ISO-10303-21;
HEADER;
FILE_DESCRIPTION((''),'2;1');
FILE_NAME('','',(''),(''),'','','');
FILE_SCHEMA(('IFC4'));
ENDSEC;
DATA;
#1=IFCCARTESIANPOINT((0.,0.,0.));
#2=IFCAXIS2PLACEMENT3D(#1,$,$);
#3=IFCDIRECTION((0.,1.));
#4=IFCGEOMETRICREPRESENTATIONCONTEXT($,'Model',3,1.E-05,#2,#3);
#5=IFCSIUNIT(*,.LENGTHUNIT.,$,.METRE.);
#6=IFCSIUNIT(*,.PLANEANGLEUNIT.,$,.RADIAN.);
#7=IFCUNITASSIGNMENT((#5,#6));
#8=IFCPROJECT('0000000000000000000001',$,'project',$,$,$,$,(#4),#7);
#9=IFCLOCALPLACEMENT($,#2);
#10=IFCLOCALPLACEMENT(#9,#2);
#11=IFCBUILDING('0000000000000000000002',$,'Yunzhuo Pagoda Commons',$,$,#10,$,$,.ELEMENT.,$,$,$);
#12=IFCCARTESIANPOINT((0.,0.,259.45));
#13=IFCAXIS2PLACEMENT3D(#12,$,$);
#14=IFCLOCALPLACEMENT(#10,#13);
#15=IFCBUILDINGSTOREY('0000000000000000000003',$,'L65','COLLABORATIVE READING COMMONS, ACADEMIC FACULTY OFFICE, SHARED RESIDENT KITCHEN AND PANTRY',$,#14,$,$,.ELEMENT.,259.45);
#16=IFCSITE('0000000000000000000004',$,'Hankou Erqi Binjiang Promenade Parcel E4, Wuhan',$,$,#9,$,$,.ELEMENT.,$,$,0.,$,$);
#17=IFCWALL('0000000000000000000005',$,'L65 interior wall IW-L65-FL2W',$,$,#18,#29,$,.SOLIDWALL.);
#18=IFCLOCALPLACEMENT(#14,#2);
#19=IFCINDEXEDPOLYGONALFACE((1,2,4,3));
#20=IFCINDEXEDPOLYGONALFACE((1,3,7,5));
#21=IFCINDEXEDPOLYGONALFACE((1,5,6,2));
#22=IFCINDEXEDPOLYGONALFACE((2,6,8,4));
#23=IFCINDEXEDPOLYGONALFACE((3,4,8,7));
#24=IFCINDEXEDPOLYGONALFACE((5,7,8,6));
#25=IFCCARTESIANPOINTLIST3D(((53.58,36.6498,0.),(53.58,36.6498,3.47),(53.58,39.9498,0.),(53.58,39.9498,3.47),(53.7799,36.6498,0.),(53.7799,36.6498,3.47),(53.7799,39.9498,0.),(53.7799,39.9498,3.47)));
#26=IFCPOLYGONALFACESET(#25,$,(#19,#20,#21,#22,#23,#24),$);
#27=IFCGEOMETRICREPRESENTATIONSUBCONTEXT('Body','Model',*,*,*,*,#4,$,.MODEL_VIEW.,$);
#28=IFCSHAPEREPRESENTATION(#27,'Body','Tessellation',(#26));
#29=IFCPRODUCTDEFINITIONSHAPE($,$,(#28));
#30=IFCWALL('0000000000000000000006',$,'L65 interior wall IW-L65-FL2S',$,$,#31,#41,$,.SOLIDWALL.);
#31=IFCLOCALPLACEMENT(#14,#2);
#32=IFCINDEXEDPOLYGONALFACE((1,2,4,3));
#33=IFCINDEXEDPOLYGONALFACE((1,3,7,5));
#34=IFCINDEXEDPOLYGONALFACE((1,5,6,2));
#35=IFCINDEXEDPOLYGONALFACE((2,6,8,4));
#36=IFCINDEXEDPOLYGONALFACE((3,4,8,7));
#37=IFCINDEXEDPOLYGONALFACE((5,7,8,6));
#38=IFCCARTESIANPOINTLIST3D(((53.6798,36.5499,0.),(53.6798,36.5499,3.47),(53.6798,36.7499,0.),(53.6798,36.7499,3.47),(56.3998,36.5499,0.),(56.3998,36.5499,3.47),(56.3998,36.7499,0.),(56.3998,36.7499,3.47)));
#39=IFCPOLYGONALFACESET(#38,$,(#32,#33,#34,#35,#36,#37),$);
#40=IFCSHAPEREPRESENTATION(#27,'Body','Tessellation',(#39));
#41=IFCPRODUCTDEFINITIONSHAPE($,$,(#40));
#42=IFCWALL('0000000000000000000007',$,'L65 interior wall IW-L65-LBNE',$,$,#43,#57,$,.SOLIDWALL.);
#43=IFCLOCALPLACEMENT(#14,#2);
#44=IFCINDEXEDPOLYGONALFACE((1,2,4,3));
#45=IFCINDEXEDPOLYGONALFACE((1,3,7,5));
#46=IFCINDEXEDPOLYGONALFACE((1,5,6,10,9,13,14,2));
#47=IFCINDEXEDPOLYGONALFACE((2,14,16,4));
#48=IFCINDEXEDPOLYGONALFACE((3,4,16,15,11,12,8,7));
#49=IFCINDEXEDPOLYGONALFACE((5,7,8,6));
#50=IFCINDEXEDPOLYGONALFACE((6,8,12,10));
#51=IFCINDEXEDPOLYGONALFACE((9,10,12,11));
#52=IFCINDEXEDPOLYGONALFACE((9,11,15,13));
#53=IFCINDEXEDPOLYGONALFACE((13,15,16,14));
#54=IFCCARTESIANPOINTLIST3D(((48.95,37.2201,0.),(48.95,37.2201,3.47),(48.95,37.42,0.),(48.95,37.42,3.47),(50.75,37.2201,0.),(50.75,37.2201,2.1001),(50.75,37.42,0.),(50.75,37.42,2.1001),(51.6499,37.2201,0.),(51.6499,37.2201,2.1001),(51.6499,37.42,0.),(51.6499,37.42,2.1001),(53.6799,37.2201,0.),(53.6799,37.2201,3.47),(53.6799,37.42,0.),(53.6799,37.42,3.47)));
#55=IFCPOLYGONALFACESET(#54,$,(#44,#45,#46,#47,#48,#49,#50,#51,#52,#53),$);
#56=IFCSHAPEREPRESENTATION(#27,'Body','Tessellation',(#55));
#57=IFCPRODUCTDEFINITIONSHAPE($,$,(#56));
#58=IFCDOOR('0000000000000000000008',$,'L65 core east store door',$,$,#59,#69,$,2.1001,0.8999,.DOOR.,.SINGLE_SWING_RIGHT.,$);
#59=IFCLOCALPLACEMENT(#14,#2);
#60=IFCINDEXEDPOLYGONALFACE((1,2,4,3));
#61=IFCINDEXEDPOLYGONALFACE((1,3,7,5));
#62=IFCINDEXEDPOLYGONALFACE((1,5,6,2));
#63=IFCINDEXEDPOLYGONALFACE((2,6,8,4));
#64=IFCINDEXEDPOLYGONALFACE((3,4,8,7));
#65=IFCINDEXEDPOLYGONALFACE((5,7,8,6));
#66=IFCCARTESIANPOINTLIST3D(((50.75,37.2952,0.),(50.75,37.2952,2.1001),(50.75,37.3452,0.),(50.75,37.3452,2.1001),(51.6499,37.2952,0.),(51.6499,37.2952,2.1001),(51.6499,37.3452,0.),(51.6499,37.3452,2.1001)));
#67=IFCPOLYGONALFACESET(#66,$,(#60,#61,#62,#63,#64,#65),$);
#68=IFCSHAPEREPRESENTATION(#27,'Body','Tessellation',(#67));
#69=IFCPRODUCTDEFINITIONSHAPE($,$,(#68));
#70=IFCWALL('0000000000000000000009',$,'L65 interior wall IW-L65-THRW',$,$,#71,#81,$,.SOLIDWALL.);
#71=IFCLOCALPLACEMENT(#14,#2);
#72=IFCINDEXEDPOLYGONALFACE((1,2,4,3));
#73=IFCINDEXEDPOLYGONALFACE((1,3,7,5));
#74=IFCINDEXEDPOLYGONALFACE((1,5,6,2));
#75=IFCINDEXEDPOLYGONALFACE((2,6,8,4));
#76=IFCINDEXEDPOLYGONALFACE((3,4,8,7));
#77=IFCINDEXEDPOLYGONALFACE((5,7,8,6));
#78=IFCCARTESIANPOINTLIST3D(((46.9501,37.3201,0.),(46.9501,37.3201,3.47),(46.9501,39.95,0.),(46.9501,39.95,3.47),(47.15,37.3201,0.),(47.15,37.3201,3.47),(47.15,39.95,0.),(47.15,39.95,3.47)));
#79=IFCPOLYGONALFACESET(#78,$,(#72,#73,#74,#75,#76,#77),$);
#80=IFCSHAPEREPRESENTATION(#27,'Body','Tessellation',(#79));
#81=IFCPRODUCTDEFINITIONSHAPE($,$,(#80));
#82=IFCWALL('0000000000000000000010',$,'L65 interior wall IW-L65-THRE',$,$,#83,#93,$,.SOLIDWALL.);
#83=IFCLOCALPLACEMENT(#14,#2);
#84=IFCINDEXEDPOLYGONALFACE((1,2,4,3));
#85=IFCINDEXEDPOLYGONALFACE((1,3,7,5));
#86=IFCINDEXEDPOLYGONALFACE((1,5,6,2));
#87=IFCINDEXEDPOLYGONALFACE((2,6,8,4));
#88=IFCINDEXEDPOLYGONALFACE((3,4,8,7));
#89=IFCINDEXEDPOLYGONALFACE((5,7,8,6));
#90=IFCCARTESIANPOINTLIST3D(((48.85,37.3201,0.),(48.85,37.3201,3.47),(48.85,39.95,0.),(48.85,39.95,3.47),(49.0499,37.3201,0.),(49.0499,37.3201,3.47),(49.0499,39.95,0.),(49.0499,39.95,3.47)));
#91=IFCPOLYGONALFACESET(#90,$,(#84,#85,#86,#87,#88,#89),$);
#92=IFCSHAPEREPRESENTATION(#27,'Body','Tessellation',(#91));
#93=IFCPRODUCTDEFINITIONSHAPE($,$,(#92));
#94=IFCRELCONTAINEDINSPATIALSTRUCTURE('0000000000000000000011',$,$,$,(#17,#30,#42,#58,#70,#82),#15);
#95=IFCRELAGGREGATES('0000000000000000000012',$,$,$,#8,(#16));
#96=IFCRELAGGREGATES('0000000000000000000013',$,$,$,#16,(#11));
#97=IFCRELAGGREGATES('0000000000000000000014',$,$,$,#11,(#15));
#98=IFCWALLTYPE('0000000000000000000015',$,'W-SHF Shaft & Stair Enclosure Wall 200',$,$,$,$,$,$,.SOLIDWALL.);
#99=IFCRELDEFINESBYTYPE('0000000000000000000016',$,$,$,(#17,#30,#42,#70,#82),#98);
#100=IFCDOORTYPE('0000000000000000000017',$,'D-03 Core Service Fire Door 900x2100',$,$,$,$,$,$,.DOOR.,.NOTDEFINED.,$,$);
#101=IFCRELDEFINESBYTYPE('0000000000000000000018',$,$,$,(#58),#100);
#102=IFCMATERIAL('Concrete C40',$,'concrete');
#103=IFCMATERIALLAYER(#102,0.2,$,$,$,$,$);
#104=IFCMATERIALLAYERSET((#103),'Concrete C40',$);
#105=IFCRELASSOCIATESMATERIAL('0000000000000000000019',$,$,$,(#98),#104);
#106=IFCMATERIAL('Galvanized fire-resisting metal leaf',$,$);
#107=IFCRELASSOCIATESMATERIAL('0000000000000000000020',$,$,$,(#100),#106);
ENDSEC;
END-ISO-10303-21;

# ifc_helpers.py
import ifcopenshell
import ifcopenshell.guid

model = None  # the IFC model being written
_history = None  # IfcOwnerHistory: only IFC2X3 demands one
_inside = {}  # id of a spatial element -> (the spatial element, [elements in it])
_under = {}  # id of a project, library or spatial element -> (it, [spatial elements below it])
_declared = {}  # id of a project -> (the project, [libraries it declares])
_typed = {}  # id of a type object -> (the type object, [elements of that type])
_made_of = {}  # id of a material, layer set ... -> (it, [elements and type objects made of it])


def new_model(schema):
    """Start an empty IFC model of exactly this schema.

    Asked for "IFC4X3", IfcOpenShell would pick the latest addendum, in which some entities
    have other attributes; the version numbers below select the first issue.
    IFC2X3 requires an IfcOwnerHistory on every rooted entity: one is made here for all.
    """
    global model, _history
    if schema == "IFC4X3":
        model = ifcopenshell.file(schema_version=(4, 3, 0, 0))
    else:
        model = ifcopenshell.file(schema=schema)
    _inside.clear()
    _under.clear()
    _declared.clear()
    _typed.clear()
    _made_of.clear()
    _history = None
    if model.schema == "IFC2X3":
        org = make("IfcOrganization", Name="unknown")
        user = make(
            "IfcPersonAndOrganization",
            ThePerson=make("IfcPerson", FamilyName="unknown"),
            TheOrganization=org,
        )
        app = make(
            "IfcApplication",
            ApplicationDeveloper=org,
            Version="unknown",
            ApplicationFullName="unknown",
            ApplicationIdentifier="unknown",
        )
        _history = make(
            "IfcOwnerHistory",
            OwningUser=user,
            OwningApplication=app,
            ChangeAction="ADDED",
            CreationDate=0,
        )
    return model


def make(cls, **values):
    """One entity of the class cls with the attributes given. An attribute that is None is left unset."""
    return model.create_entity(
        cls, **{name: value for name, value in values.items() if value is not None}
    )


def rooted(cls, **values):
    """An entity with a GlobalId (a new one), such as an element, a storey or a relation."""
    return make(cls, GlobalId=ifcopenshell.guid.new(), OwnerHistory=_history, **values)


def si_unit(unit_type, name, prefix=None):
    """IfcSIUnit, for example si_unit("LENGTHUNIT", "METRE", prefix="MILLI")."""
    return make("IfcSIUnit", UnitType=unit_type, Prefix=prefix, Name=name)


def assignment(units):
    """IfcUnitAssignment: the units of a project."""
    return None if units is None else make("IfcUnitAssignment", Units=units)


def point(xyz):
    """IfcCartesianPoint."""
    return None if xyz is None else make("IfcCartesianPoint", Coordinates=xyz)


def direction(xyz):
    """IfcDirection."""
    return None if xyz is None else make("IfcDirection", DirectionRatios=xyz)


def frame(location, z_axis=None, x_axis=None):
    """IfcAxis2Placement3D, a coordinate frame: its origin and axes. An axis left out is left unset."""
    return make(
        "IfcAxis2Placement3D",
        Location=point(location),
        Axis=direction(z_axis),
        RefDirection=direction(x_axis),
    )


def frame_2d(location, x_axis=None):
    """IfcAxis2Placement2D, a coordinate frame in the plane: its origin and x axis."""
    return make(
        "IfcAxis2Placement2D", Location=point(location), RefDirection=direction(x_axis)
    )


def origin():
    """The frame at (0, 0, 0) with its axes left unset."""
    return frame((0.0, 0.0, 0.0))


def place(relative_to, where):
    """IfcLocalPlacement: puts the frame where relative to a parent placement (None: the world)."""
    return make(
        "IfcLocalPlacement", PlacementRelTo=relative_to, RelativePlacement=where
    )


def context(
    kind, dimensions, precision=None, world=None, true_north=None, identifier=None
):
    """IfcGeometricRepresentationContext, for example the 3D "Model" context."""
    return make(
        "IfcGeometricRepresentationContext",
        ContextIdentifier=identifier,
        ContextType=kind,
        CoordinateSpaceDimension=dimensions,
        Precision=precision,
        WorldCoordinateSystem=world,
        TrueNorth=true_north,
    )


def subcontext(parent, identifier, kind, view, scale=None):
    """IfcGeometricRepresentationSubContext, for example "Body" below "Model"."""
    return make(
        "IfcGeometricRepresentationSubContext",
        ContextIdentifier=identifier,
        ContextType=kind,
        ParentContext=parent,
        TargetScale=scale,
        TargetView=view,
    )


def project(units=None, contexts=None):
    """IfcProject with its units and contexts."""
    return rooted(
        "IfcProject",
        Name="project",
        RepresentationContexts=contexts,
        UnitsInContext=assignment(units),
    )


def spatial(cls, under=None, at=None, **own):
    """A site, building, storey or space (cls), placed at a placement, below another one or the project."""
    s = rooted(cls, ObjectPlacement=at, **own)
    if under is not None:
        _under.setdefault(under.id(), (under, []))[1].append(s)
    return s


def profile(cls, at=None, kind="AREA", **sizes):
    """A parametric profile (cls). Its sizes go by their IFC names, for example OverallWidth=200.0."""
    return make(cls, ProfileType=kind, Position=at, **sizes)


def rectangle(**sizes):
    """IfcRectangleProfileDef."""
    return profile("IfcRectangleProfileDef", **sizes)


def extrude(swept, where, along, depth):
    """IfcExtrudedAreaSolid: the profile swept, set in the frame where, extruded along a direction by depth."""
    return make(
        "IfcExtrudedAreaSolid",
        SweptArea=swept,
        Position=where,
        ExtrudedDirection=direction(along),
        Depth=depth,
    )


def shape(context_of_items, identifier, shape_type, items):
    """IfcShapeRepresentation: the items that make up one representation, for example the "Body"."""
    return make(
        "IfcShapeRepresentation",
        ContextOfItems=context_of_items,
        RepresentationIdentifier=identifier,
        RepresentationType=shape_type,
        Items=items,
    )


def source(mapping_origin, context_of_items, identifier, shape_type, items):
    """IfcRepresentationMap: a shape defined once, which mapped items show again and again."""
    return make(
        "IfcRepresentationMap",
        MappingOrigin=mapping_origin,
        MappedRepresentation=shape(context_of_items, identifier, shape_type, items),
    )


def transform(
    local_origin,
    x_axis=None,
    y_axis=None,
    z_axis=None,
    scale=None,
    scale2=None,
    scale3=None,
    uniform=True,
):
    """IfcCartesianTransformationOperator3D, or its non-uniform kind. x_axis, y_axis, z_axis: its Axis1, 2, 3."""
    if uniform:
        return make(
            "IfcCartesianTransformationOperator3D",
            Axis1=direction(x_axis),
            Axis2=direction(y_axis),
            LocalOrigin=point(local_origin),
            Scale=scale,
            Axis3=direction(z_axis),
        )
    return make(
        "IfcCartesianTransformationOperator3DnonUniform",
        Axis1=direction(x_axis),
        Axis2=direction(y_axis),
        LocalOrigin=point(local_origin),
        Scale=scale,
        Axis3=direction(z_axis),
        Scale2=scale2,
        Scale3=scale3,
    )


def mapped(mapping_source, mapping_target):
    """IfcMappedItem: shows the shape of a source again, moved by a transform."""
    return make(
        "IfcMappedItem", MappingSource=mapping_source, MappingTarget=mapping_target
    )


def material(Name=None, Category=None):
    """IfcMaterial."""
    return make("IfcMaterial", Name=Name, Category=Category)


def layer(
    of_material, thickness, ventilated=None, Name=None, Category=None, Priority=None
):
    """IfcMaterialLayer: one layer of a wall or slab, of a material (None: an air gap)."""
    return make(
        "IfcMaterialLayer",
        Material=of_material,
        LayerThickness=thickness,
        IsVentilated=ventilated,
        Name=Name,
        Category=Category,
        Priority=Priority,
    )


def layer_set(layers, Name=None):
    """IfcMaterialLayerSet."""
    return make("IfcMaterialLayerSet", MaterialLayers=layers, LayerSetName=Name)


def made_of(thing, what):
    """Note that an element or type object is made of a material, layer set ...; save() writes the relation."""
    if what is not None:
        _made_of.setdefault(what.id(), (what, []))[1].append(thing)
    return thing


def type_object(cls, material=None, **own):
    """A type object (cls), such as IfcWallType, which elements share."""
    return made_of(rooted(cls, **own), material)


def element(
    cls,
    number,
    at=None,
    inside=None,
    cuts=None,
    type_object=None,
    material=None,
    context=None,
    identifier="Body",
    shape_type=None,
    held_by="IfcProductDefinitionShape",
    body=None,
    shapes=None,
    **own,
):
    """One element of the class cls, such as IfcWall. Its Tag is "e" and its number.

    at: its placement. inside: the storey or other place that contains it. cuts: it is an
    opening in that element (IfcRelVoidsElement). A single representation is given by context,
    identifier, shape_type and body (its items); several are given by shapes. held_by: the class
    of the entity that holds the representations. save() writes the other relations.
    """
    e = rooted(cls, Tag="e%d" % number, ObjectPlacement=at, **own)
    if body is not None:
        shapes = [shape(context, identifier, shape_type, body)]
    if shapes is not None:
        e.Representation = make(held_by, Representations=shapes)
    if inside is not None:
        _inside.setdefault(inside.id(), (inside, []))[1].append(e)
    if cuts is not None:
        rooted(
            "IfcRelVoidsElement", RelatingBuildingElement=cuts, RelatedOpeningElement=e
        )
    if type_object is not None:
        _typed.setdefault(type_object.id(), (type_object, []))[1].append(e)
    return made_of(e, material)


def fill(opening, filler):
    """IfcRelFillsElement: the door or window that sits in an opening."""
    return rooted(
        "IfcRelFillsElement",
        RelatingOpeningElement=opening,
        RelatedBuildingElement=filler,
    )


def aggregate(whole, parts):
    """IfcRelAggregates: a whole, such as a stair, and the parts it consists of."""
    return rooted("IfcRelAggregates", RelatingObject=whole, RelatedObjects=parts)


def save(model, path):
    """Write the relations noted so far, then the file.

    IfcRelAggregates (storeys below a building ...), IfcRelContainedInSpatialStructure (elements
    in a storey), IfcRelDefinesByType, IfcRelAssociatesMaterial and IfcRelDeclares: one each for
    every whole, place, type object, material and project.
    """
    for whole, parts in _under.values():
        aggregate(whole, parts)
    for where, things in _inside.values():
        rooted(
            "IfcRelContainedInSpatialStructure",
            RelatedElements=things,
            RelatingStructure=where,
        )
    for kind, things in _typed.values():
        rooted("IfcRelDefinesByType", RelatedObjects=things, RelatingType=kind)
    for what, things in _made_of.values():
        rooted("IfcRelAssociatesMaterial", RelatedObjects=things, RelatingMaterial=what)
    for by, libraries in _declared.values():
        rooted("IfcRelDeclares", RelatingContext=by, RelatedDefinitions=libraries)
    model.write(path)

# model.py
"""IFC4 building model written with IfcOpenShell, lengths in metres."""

from ifc_helpers import new_model, si_unit, direction, frame, frame_2d, origin, place, context, subcontext, project, spatial, rectangle, extrude, source, transform, mapped, material, layer, layer_set, type_object, element, fill, save


model = new_model("IFC4")

# Units and contexts
model_context = context("Model", 3, precision=1e-05, world=origin(), true_north=direction((0.0, 1.0)))
body_context = subcontext(model_context, "Body", "Model", "MODEL_VIEW")
ifc_project = project(units=[si_unit("LENGTHUNIT", "METRE"), si_unit("PLANEANGLEUNIT", "RADIAN")], contexts=[model_context])

# Site, building, storey
site_placement = place(None, origin())
site = spatial("IfcSite", under=ifc_project, at=site_placement, Name="Hankou Erqi Binjiang Promenade Parcel E4, Wuhan", CompositionType="ELEMENT", RefElevation=0.0)
building_placement = place(site_placement, origin())
building = spatial("IfcBuilding", under=site, at=building_placement, Name="Yunzhuo Pagoda Commons", CompositionType="ELEMENT")
storey_placement = place(building_placement, frame((0.0, 0.0, 259.45)))
storey = spatial("IfcBuildingStorey", under=building, at=storey_placement, Name="L65", Description="COLLABORATIVE READING COMMONS, ACADEMIC FACULTY OFFICE, SHARED RESIDENT KITCHEN AND PANTRY", CompositionType="ELEMENT", Elevation=259.45)

# Shared definitions
ifc_material_1 = material(Name="Galvanized fire-resisting metal leaf")

# Walls
ifc_material_2 = material(Name="Concrete C40", Category="concrete")
ifc_layer_1 = layer(ifc_material_2, 0.2)
ifc_layer_set_1 = layer_set([ifc_layer_1], Name="Concrete C40")
wall_type_1 = type_object("IfcWallType", Name="W-SHF Shaft & Stair Enclosure Wall 200", PredefinedType="SOLIDWALL", material=ifc_layer_set_1)
wall_1_placement = place(storey_placement, frame((53.6799, 36.6499, 0.0), z_axis=(0.0, 0.0, 1.0), x_axis=(0.0, 1.0, 0.0)))
element("IfcWall", 1, at=wall_1_placement, inside=storey, type_object=wall_type_1, Name="L65 interior wall IW-L65-FL2W", PredefinedType="SOLIDWALL", context=body_context, shape_type="SweptSolid", body=[
    extrude(rectangle(XDim=3.3, YDim=0.2, at=frame_2d((1.6499, 0.0))), origin(), (0.0, 0.0, 1.0), 3.47),
])
wall_2_placement = place(storey_placement, frame((53.6799, 36.6499, 0.0), z_axis=(0.0, 0.0, 1.0), x_axis=(1.0, 0.0, 0.0)))
element("IfcWall", 2, at=wall_2_placement, inside=storey, type_object=wall_type_1, Name="L65 interior wall IW-L65-FL2S", PredefinedType="SOLIDWALL", context=body_context, shape_type="SweptSolid", body=[
    extrude(rectangle(XDim=2.72, YDim=0.2, at=frame_2d((1.3599, 0.0))), origin(), (0.0, 0.0, 1.0), 3.47),
])

# Wall, opening, door
wall_3_placement = place(storey_placement, frame((48.95, 37.3201, 0.0), z_axis=(0.0, 0.0, 1.0), x_axis=(1.0, 0.0, 0.0)))
wall_3 = element("IfcWall", 3, at=wall_3_placement, inside=storey, type_object=wall_type_1, Name="L65 interior wall IW-L65-LBNE", PredefinedType="SOLIDWALL", context=body_context, shape_type="SweptSolid", body=[
    extrude(rectangle(XDim=4.73, YDim=0.2, at=frame_2d((2.365, 0.0))), origin(), (0.0, 0.0, 1.0), 3.47),
])
opening_1_placement = place(wall_3_placement, frame((1.8, 0.0, 0.0)))
opening_1 = element("IfcOpeningElement", 4, at=opening_1_placement, cuts=wall_3, PredefinedType="OPENING", context=body_context, shape_type="SweptSolid", body=[
    extrude(rectangle(XDim=0.8999, YDim=2.1001, at=frame_2d((0.45, 1.05))), frame((0.0, 0.1099, 0.0), z_axis=(0.0, -1.0, 0.0), x_axis=(1.0, 0.0, 0.0)), (0.0, 0.0, 1.0), 0.22),
])
door_type_1 = type_object("IfcDoorType", Name="D-03 Core Service Fire Door 900x2100", OperationType="NOTDEFINED", PredefinedType="DOOR", material=ifc_material_1)
shared_shape_1 = source(origin(), body_context, "Body", "SweptSolid", [
    extrude(rectangle(XDim=0.8999, YDim=2.1001, at=frame_2d((0.45, 1.05))), frame((0.0, 0.0249, 0.0), z_axis=(0.0, -1.0, 0.0), x_axis=(1.0, 0.0, 0.0)), (0.0, 0.0, 1.0), 0.05),
])
door_1_placement = place(opening_1_placement, frame((0.8999, 0.0, 0.0), z_axis=(0.0, 0.0, 1.0), x_axis=(-1.0, 0.0, 0.0)))
door_1 = element("IfcDoor", 5, at=door_1_placement, inside=storey, type_object=door_type_1, Name="L65 core east store door", OperationType="SINGLE_SWING_RIGHT", OverallHeight=2.1001, OverallWidth=0.8999, PredefinedType="DOOR", context=body_context, shape_type="MappedRepresentation", body=[
    mapped(shared_shape_1, transform((0.0, 0.0, 0.0), scale=1.0)),
])
fill(opening_1, door_1)

# Walls
for number, where, z_axis, x_axis, name in (
    (6, (47.05, 37.3201, 0.0), (0.0, 0.0, 1.0), (0.0, 1.0, 0.0), "L65 interior wall IW-L65-THRW"),
    (7, (48.95, 37.3201, 0.0), (0.0, 0.0, 1.0), (0.0, 1.0, 0.0), "L65 interior wall IW-L65-THRE"),
):
    element("IfcWall", number, at=place(storey_placement, frame(where, z_axis=z_axis, x_axis=x_axis)), inside=storey, type_object=wall_type_1, Name=name, PredefinedType="SOLIDWALL", context=body_context, shape_type="SweptSolid", body=[
        extrude(rectangle(XDim=2.6299, YDim=0.2, at=frame_2d((1.3149, 0.0))), origin(), (0.0, 0.0, 1.0), 3.47),
    ])

save(model, "model.ifc")
